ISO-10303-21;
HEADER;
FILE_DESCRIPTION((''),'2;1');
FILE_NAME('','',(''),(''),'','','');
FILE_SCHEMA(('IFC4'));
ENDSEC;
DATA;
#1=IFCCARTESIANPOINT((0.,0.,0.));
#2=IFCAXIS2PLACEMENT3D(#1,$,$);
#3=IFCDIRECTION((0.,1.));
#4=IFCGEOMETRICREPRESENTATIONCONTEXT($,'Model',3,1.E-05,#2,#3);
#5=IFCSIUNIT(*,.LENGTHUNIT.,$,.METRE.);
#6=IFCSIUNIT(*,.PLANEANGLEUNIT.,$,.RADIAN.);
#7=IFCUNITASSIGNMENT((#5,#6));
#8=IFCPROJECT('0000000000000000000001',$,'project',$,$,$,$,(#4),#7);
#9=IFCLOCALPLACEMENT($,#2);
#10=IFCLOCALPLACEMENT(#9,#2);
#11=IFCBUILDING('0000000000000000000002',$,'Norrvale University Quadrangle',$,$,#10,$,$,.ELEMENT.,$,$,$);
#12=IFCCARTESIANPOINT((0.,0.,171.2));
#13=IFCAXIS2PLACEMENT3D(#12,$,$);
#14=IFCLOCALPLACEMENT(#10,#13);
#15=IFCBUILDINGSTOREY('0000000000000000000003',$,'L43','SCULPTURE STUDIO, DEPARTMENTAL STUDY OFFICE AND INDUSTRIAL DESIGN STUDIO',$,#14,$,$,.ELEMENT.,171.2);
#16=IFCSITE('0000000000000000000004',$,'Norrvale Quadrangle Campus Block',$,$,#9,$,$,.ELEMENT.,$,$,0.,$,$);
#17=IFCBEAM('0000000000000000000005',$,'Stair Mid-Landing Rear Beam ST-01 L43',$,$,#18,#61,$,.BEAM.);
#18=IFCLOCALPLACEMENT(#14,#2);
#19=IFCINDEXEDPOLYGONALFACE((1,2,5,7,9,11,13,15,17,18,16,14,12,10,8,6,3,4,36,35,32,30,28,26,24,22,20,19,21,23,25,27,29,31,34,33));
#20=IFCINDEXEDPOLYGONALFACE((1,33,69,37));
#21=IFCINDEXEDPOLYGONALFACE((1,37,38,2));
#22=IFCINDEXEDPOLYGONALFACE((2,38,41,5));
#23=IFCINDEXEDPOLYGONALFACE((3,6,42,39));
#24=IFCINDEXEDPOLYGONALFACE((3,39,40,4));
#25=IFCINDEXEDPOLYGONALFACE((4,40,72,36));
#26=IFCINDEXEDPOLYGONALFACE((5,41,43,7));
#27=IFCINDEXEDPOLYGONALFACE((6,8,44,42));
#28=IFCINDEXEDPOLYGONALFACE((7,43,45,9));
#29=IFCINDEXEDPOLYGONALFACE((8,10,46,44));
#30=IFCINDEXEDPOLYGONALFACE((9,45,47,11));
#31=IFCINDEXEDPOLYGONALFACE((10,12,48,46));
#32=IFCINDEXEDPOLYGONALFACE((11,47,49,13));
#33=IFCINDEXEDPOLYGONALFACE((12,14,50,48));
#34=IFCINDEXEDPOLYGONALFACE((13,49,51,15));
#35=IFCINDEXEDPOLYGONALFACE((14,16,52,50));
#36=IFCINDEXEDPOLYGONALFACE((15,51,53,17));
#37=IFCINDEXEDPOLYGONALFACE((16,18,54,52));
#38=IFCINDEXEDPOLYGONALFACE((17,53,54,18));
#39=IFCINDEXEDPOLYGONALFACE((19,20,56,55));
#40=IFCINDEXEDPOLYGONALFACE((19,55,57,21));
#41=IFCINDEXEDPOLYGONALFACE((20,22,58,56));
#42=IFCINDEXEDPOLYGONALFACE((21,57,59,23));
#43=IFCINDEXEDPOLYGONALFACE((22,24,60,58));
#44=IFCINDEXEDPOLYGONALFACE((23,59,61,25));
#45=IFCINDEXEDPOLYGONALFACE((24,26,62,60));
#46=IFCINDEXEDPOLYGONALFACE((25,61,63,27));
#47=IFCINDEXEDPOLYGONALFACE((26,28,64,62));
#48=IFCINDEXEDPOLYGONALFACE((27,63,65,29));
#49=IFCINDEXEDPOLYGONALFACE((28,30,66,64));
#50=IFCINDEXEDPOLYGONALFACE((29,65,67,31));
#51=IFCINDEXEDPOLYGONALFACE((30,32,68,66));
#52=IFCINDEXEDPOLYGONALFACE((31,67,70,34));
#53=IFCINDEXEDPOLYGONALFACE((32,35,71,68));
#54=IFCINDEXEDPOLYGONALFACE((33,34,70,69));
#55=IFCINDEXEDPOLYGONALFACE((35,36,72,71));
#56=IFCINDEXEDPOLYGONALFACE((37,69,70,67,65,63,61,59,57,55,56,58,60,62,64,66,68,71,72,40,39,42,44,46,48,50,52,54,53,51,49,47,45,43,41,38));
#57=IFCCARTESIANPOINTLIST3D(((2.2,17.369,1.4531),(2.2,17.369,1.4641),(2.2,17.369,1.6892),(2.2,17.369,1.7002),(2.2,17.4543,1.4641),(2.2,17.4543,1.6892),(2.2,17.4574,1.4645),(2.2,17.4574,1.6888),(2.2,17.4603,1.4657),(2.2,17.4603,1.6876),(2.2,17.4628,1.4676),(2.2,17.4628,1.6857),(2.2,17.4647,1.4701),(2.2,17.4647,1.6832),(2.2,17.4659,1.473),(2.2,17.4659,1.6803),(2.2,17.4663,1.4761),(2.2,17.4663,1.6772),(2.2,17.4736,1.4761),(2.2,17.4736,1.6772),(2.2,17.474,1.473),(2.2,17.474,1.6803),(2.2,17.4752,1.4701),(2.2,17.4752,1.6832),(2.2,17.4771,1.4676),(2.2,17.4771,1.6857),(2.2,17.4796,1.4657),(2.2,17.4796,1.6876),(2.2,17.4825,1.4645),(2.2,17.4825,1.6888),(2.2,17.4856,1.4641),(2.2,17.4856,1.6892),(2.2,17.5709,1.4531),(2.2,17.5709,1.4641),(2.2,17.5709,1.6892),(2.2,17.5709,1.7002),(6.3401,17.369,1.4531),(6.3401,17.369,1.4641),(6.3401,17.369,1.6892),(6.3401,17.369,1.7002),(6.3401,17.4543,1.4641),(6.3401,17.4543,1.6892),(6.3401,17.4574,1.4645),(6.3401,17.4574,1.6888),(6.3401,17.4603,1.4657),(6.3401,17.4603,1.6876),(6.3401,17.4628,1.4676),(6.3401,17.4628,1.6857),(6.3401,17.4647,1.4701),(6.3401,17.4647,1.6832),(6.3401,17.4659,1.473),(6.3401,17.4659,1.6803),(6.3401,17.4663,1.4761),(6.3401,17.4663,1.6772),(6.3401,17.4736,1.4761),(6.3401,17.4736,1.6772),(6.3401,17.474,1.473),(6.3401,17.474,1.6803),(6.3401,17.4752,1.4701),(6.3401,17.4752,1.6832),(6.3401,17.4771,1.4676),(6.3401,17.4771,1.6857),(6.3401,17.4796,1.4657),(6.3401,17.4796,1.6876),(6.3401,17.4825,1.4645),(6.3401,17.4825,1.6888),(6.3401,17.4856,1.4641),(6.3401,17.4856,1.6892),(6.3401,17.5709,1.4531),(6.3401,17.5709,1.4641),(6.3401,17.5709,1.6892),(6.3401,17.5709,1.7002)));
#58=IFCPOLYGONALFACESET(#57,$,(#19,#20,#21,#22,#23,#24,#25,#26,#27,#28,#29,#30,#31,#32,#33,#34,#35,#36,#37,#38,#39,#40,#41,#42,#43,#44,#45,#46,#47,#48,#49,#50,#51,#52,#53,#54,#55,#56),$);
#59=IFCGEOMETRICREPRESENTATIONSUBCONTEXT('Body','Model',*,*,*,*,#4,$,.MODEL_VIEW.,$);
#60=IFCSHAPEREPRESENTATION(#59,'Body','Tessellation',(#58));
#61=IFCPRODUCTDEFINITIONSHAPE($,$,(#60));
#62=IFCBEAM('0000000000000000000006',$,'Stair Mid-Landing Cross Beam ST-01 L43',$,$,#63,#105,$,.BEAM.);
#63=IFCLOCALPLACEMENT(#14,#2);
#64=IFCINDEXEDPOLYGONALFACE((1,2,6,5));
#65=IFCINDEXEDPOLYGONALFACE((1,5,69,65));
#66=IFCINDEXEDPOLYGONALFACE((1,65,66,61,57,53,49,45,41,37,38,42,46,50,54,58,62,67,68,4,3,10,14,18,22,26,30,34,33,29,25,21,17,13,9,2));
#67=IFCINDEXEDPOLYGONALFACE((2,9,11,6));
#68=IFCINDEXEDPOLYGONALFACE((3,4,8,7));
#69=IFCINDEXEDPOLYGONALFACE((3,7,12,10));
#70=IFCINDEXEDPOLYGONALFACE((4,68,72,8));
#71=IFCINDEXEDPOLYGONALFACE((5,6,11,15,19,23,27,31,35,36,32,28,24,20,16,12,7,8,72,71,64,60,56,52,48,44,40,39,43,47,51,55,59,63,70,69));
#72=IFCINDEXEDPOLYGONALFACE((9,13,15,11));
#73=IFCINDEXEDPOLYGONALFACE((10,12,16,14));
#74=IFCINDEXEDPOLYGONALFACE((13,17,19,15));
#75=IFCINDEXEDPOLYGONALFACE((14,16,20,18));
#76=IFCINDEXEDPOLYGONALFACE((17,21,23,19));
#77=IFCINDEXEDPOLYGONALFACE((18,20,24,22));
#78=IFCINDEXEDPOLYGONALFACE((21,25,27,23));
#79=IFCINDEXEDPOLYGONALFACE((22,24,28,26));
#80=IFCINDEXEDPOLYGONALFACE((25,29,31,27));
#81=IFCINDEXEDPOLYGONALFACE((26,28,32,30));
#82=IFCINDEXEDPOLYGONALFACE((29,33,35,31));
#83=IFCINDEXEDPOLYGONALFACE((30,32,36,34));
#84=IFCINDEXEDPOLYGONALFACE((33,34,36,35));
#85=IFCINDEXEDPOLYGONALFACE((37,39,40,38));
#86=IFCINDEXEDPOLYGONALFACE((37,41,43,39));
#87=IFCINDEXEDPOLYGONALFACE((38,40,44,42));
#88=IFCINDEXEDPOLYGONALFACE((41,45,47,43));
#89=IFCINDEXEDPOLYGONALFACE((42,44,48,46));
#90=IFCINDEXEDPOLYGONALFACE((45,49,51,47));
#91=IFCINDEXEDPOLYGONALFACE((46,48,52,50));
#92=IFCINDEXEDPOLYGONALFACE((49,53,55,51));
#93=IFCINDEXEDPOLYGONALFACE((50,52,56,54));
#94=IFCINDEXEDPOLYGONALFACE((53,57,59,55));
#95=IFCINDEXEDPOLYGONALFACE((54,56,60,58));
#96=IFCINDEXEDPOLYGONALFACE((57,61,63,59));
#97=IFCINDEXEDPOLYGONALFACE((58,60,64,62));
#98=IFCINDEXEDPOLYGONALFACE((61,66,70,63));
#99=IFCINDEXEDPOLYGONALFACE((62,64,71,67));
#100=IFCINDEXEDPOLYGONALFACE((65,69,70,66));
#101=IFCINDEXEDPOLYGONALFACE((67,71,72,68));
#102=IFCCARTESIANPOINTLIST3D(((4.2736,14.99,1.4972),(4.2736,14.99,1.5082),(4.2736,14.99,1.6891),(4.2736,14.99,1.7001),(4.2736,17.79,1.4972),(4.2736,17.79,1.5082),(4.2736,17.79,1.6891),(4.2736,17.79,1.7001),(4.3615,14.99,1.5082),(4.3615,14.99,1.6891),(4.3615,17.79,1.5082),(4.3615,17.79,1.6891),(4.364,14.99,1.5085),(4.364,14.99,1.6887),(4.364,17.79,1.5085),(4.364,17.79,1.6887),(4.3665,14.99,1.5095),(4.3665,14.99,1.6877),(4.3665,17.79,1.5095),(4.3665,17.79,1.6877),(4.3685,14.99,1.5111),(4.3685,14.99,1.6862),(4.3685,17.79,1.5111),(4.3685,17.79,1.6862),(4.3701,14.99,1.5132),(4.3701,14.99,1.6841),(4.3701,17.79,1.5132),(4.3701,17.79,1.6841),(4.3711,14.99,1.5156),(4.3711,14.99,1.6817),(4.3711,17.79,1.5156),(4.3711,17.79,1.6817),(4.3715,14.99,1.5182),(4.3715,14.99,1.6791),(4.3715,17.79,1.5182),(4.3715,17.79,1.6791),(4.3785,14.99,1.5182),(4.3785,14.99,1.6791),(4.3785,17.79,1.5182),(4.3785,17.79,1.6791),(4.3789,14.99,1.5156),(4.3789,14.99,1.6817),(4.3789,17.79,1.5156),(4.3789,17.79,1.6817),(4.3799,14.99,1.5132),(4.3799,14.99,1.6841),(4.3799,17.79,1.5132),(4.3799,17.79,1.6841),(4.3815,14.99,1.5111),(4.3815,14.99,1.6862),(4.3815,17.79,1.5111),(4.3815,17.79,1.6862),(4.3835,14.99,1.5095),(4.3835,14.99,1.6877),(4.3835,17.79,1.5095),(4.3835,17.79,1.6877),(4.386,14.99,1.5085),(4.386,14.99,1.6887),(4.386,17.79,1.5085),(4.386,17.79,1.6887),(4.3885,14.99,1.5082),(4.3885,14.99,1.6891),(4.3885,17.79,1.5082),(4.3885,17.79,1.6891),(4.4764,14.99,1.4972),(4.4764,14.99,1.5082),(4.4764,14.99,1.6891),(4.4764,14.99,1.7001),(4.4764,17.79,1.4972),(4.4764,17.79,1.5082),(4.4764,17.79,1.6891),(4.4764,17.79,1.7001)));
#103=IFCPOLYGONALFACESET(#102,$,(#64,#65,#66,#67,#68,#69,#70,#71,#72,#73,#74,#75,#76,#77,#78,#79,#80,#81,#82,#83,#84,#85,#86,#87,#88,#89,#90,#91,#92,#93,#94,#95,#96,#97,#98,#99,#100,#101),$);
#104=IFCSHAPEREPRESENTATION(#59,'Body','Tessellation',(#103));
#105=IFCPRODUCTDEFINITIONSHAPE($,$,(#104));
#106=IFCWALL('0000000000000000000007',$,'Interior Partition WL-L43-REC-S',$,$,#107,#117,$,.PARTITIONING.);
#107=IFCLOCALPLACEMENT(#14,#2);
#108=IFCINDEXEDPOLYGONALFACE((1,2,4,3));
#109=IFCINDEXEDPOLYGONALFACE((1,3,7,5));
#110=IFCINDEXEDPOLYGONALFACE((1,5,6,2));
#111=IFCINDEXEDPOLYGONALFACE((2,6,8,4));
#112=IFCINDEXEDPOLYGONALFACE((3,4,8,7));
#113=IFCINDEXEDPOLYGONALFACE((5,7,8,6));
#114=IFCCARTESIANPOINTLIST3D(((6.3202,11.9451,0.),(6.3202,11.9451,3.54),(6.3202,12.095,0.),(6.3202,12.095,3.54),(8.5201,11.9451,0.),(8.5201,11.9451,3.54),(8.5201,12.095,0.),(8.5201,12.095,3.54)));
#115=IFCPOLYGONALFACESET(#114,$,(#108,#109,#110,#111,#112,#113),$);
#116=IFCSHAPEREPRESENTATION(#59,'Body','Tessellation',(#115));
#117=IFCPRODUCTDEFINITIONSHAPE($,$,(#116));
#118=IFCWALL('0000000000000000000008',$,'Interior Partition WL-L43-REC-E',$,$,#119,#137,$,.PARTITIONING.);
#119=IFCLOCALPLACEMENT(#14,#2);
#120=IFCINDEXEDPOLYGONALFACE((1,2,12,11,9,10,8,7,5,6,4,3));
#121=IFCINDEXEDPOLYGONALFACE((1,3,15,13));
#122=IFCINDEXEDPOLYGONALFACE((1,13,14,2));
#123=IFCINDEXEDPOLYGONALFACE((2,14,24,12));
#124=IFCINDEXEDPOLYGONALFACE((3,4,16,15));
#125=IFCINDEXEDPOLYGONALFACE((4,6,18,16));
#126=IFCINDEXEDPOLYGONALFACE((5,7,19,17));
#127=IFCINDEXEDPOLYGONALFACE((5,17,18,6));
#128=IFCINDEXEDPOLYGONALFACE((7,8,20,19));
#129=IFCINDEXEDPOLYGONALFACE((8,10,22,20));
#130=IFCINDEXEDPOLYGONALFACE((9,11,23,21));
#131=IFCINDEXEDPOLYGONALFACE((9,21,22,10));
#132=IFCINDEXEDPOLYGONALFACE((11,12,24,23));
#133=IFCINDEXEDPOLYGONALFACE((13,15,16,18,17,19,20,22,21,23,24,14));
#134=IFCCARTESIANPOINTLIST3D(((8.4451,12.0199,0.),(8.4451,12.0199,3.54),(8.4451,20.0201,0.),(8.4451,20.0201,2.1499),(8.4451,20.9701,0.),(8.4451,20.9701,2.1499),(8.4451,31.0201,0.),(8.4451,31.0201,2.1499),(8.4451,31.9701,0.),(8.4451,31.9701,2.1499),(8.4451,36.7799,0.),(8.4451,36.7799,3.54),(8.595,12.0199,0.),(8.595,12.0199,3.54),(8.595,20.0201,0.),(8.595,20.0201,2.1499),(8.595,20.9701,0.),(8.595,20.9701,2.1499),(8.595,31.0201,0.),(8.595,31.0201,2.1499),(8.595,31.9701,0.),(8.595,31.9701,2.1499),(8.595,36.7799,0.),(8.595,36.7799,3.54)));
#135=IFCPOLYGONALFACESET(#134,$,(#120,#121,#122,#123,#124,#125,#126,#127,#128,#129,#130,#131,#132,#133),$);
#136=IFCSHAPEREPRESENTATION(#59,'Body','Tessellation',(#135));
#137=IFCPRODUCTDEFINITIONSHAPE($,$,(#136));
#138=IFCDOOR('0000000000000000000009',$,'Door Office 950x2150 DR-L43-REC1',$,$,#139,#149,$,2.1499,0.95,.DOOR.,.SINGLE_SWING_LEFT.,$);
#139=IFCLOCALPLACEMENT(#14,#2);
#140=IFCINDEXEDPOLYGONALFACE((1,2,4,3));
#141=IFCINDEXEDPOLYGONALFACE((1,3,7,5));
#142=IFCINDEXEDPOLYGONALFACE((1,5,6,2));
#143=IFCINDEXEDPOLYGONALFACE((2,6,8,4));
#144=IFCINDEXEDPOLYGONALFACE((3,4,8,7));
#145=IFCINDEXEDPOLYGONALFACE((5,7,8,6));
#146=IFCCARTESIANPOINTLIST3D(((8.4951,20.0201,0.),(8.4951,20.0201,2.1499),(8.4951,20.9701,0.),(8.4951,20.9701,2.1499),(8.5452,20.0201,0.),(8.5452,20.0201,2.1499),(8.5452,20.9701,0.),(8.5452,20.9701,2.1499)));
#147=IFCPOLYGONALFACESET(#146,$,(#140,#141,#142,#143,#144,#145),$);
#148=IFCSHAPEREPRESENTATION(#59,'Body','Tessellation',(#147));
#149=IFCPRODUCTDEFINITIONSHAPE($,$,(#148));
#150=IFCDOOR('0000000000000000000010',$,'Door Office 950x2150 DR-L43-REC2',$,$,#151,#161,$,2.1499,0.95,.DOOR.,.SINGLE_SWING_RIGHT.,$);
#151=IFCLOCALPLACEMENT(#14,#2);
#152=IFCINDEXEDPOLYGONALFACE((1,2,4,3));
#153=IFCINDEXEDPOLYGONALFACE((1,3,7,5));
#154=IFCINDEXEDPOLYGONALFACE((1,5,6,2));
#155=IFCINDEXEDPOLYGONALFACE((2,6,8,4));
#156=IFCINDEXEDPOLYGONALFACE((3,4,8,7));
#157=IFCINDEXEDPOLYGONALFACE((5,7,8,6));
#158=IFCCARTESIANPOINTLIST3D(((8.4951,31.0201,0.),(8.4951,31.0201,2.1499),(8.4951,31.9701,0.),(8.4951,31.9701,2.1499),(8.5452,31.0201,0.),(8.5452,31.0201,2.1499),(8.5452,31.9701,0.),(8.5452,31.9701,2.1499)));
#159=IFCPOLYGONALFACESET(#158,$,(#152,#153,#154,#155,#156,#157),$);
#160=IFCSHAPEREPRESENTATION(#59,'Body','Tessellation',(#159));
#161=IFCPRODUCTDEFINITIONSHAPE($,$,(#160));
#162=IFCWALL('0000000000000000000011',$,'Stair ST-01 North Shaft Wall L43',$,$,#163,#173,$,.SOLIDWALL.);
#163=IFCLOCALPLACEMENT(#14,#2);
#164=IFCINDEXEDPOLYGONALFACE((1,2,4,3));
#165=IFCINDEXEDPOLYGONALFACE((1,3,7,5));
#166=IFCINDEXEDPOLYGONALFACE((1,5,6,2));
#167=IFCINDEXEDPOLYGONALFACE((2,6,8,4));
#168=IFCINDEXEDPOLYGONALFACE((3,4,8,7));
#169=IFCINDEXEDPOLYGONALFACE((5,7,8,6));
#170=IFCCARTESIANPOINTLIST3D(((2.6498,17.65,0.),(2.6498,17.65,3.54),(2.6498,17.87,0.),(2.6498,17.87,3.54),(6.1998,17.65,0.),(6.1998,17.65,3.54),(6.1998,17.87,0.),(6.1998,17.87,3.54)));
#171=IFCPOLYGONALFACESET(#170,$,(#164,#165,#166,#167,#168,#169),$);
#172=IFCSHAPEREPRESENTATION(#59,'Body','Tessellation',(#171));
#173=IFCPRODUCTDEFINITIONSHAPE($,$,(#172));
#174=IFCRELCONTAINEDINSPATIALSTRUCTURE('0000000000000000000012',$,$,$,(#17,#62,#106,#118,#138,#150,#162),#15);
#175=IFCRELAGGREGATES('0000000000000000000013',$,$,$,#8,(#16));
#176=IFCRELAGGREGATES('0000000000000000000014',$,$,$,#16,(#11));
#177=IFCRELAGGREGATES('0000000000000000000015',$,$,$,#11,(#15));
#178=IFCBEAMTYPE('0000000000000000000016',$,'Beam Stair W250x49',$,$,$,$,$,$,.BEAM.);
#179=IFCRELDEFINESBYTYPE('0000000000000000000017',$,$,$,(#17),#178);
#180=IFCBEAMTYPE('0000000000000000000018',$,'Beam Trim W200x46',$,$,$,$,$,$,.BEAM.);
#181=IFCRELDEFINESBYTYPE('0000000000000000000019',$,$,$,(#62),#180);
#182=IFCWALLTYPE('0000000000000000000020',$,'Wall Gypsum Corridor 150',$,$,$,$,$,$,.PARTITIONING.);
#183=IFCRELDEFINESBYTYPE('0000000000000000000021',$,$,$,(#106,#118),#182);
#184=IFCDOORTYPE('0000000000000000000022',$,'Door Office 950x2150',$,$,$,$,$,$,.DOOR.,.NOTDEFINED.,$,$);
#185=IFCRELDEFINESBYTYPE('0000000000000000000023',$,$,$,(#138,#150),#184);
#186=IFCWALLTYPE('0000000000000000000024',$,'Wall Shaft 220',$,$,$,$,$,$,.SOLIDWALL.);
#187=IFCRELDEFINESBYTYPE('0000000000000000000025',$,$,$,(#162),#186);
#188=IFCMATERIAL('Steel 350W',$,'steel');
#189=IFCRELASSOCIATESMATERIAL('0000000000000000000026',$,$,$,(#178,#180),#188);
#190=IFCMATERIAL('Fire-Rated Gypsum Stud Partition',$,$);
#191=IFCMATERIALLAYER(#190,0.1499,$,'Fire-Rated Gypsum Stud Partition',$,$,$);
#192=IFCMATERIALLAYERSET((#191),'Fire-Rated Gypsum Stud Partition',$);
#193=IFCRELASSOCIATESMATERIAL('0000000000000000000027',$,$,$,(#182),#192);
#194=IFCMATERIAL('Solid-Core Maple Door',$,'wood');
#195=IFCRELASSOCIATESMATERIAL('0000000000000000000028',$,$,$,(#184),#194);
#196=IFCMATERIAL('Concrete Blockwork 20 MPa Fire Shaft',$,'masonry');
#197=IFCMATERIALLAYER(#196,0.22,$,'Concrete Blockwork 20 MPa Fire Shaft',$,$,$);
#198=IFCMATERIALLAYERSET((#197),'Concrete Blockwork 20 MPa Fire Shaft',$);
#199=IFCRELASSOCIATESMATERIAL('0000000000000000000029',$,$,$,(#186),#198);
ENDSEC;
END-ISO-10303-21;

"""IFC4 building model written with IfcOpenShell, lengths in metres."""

from ifc_helpers import new_model, si_unit, direction, frame, frame_2d, origin, origin_2d, place, context, subcontext, project, spatial, rectangle, i_section, extrude, material, layer, layer_set, material_profile, profile_set, type_object, element, fill, save


model = new_model("IFC4")

# Units and contexts
model_context = context("Model", 3, precision=1e-05, world=origin(), true_north=direction((0.0, 1.0)))
body_context = subcontext(model_context, "Body", "Model", "MODEL_VIEW")
ifc_project = project(units=[si_unit("LENGTHUNIT", "METRE"), si_unit("PLANEANGLEUNIT", "RADIAN")], contexts=[model_context])

# Site, building, storey
site_placement = place(None, origin())
site = spatial("IfcSite", under=ifc_project, at=site_placement, Name="Norrvale Quadrangle Campus Block", CompositionType="ELEMENT", RefElevation=0.0)
building_placement = place(site_placement, origin())
building = spatial("IfcBuilding", under=site, at=building_placement, Name="Norrvale University Quadrangle", CompositionType="ELEMENT")
storey_placement = place(building_placement, frame((0.0, 0.0, 171.2)))
storey = spatial("IfcBuildingStorey", under=building, at=storey_placement, Name="L43", Description="SCULPTURE STUDIO, DEPARTMENTAL STUDY OFFICE AND INDUSTRIAL DESIGN STUDIO", CompositionType="ELEMENT", Elevation=171.2)

# Beams
ifc_material_1 = material(Name="Steel 350W", Category="steel")
ifc_material_profile_1 = material_profile(ifc_material_1, i_section(OverallWidth=0.2019, OverallDepth=0.2471, WebThickness=0.0073, FlangeThickness=0.011, FilletRadius=0.012, at=origin_2d()), Name="Steel 350W")
ifc_profile_set_1 = profile_set([ifc_material_profile_1], Name="Steel 350W")
beam_type_1 = type_object("IfcBeamType", Name="Beam Stair W250x49", PredefinedType="BEAM", material=ifc_profile_set_1)
for number, where, z_axis, x_axis, name in (
    (1, (2.2, 17.47, 1.5767), (1.0, 0.0, 0.0), (0.0, 1.0, 0.0), "Stair Mid-Landing Rear Beam ST-01 L43"),
):
    element("IfcBeam", number, at=place(storey_placement, frame(where, z_axis=z_axis, x_axis=x_axis)), inside=storey, type_object=beam_type_1, Name=name, PredefinedType="BEAM", context=body_context, shape_type="SweptSolid", body=[
        extrude(i_section(OverallWidth=0.2019, OverallDepth=0.2471, WebThickness=0.0073, FlangeThickness=0.011, FilletRadius=0.012, at=origin_2d()), origin(), (0.0, 0.0, 1.0), 4.1401),
    ])
ifc_material_profile_2 = material_profile(ifc_material_1, i_section(OverallWidth=0.2029, OverallDepth=0.2029, WebThickness=0.0071, FlangeThickness=0.011, FilletRadius=0.01, at=origin_2d()), Name="Steel 350W")
ifc_profile_set_2 = profile_set([ifc_material_profile_2], Name="Steel 350W")
beam_type_2 = type_object("IfcBeamType", Name="Beam Trim W200x46", PredefinedType="BEAM", material=ifc_profile_set_2)
beam_1_placement = place(storey_placement, frame((4.375, 14.99, 1.5986), z_axis=(0.0, 1.0, 0.0), x_axis=(-1.0, 0.0, 0.0)))
element("IfcBeam", 2, at=beam_1_placement, inside=storey, type_object=beam_type_2, Name="Stair Mid-Landing Cross Beam ST-01 L43", PredefinedType="BEAM", context=body_context, shape_type="SweptSolid", body=[
    extrude(i_section(OverallWidth=0.2029, OverallDepth=0.2029, WebThickness=0.0071, FlangeThickness=0.011, FilletRadius=0.01, at=origin_2d()), origin(), (0.0, 0.0, 1.0), 2.8),
])

# Wall
ifc_material_2 = material(Name="Fire-Rated Gypsum Stud Partition")
ifc_layer_1 = layer(ifc_material_2, 0.1499, Name="Fire-Rated Gypsum Stud Partition")
ifc_layer_set_1 = layer_set([ifc_layer_1], Name="Fire-Rated Gypsum Stud Partition")
wall_type_1 = type_object("IfcWallType", Name="Wall Gypsum Corridor 150", PredefinedType="PARTITIONING", material=ifc_layer_set_1)
wall_1_placement = place(storey_placement, frame((6.3201, 12.02, 0.0), z_axis=(0.0, 0.0, 1.0), x_axis=(1.0, 0.0, 0.0)))
element("IfcWall", 3, at=wall_1_placement, inside=storey, type_object=wall_type_1, Name="Interior Partition WL-L43-REC-S", PredefinedType="PARTITIONING", context=body_context, shape_type="SweptSolid", body=[
    extrude(rectangle(XDim=2.2, YDim=0.1499, at=frame_2d((1.1001, 0.0))), origin(), (0.0, 0.0, 1.0), 3.54),
])

# Wall, openings, doors
wall_2_placement = place(storey_placement, frame((8.52, 12.02, 0.0), z_axis=(0.0, 0.0, 1.0), x_axis=(0.0, 1.0, 0.0)))
wall_2 = element("IfcWall", 4, at=wall_2_placement, inside=storey, type_object=wall_type_1, Name="Interior Partition WL-L43-REC-E", PredefinedType="PARTITIONING", context=body_context, shape_type="SweptSolid", body=[
    extrude(rectangle(XDim=24.76, YDim=0.1499, at=frame_2d((12.3799, 0.0))), origin(), (0.0, 0.0, 1.0), 3.54),
])
opening_1_placement = place(wall_2_placement, frame((8.0, 0.0, 0.0)))
opening_1 = element("IfcOpeningElement", 5, at=opening_1_placement, cuts=wall_2, PredefinedType="OPENING", context=body_context, shape_type="SweptSolid", body=[
    extrude(rectangle(XDim=0.95, YDim=2.1499, at=frame_2d((0.4751, 1.075))), frame((0.0, 0.0869, 0.0), z_axis=(0.0, -1.0, 0.0), x_axis=(1.0, 0.0, 0.0)), (0.0, 0.0, 1.0), 0.1738),
])
opening_2_placement = place(wall_2_placement, frame((19.0, 0.0, 0.0)))
opening_2 = element("IfcOpeningElement", 6, at=opening_2_placement, cuts=wall_2, PredefinedType="OPENING", context=body_context, shape_type="SweptSolid", body=[
    extrude(rectangle(XDim=0.95, YDim=2.1499, at=frame_2d((0.4751, 1.075))), frame((0.0, 0.0869, 0.0), z_axis=(0.0, -1.0, 0.0), x_axis=(1.0, 0.0, 0.0)), (0.0, 0.0, 1.0), 0.1738),
])
ifc_material_3 = material(Name="Solid-Core Maple Door", Category="wood")
door_type_1 = type_object("IfcDoorType", Name="Door Office 950x2150", OperationType="NOTDEFINED", PredefinedType="DOOR", material=ifc_material_3)
door_1_placement = place(opening_1_placement, origin())
door_1 = element("IfcDoor", 7, at=door_1_placement, inside=storey, type_object=door_type_1, Name="Door Office 950x2150 DR-L43-REC1", OperationType="SINGLE_SWING_LEFT", OverallHeight=2.1499, OverallWidth=0.95, PredefinedType="DOOR", context=body_context, shape_type="SweptSolid", body=[
    extrude(rectangle(XDim=0.95, YDim=2.1499, at=frame_2d((0.4751, 1.075))), frame((0.0, 0.0249, 0.0), z_axis=(0.0, -1.0, 0.0), x_axis=(1.0, 0.0, 0.0)), (0.0, 0.0, 1.0), 0.05),
])
fill(opening_1, door_1)
door_2_placement = place(opening_2_placement, origin())
door_2 = element("IfcDoor", 8, at=door_2_placement, inside=storey, type_object=door_type_1, Name="Door Office 950x2150 DR-L43-REC2", OperationType="SINGLE_SWING_RIGHT", OverallHeight=2.1499, OverallWidth=0.95, PredefinedType="DOOR", context=body_context, shape_type="SweptSolid", body=[
    extrude(rectangle(XDim=0.95, YDim=2.1499, at=frame_2d((0.4751, 1.075))), frame((0.0, 0.0249, 0.0), z_axis=(0.0, -1.0, 0.0), x_axis=(1.0, 0.0, 0.0)), (0.0, 0.0, 1.0), 0.05),
])
fill(opening_2, door_2)

# Wall
ifc_material_4 = material(Name="Concrete Blockwork 20 MPa Fire Shaft", Category="masonry")
ifc_layer_2 = layer(ifc_material_4, 0.22, Name="Concrete Blockwork 20 MPa Fire Shaft")
ifc_layer_set_2 = layer_set([ifc_layer_2], Name="Concrete Blockwork 20 MPa Fire Shaft")
wall_type_2 = type_object("IfcWallType", Name="Wall Shaft 220", PredefinedType="SOLIDWALL", material=ifc_layer_set_2)
wall_3_placement = place(storey_placement, frame((2.6499, 17.76, 0.0), z_axis=(0.0, 0.0, 1.0), x_axis=(1.0, 0.0, 0.0)))
element("IfcWall", 9, at=wall_3_placement, inside=storey, type_object=wall_type_2, Name="Stair ST-01 North Shaft Wall L43", PredefinedType="SOLIDWALL", context=body_context, shape_type="SweptSolid", body=[
    extrude(rectangle(XDim=3.55, YDim=0.22, at=frame_2d((1.7749, 0.0))), origin(), (0.0, 0.0, 1.0), 3.54),
])

save(model, "model.ifc")
